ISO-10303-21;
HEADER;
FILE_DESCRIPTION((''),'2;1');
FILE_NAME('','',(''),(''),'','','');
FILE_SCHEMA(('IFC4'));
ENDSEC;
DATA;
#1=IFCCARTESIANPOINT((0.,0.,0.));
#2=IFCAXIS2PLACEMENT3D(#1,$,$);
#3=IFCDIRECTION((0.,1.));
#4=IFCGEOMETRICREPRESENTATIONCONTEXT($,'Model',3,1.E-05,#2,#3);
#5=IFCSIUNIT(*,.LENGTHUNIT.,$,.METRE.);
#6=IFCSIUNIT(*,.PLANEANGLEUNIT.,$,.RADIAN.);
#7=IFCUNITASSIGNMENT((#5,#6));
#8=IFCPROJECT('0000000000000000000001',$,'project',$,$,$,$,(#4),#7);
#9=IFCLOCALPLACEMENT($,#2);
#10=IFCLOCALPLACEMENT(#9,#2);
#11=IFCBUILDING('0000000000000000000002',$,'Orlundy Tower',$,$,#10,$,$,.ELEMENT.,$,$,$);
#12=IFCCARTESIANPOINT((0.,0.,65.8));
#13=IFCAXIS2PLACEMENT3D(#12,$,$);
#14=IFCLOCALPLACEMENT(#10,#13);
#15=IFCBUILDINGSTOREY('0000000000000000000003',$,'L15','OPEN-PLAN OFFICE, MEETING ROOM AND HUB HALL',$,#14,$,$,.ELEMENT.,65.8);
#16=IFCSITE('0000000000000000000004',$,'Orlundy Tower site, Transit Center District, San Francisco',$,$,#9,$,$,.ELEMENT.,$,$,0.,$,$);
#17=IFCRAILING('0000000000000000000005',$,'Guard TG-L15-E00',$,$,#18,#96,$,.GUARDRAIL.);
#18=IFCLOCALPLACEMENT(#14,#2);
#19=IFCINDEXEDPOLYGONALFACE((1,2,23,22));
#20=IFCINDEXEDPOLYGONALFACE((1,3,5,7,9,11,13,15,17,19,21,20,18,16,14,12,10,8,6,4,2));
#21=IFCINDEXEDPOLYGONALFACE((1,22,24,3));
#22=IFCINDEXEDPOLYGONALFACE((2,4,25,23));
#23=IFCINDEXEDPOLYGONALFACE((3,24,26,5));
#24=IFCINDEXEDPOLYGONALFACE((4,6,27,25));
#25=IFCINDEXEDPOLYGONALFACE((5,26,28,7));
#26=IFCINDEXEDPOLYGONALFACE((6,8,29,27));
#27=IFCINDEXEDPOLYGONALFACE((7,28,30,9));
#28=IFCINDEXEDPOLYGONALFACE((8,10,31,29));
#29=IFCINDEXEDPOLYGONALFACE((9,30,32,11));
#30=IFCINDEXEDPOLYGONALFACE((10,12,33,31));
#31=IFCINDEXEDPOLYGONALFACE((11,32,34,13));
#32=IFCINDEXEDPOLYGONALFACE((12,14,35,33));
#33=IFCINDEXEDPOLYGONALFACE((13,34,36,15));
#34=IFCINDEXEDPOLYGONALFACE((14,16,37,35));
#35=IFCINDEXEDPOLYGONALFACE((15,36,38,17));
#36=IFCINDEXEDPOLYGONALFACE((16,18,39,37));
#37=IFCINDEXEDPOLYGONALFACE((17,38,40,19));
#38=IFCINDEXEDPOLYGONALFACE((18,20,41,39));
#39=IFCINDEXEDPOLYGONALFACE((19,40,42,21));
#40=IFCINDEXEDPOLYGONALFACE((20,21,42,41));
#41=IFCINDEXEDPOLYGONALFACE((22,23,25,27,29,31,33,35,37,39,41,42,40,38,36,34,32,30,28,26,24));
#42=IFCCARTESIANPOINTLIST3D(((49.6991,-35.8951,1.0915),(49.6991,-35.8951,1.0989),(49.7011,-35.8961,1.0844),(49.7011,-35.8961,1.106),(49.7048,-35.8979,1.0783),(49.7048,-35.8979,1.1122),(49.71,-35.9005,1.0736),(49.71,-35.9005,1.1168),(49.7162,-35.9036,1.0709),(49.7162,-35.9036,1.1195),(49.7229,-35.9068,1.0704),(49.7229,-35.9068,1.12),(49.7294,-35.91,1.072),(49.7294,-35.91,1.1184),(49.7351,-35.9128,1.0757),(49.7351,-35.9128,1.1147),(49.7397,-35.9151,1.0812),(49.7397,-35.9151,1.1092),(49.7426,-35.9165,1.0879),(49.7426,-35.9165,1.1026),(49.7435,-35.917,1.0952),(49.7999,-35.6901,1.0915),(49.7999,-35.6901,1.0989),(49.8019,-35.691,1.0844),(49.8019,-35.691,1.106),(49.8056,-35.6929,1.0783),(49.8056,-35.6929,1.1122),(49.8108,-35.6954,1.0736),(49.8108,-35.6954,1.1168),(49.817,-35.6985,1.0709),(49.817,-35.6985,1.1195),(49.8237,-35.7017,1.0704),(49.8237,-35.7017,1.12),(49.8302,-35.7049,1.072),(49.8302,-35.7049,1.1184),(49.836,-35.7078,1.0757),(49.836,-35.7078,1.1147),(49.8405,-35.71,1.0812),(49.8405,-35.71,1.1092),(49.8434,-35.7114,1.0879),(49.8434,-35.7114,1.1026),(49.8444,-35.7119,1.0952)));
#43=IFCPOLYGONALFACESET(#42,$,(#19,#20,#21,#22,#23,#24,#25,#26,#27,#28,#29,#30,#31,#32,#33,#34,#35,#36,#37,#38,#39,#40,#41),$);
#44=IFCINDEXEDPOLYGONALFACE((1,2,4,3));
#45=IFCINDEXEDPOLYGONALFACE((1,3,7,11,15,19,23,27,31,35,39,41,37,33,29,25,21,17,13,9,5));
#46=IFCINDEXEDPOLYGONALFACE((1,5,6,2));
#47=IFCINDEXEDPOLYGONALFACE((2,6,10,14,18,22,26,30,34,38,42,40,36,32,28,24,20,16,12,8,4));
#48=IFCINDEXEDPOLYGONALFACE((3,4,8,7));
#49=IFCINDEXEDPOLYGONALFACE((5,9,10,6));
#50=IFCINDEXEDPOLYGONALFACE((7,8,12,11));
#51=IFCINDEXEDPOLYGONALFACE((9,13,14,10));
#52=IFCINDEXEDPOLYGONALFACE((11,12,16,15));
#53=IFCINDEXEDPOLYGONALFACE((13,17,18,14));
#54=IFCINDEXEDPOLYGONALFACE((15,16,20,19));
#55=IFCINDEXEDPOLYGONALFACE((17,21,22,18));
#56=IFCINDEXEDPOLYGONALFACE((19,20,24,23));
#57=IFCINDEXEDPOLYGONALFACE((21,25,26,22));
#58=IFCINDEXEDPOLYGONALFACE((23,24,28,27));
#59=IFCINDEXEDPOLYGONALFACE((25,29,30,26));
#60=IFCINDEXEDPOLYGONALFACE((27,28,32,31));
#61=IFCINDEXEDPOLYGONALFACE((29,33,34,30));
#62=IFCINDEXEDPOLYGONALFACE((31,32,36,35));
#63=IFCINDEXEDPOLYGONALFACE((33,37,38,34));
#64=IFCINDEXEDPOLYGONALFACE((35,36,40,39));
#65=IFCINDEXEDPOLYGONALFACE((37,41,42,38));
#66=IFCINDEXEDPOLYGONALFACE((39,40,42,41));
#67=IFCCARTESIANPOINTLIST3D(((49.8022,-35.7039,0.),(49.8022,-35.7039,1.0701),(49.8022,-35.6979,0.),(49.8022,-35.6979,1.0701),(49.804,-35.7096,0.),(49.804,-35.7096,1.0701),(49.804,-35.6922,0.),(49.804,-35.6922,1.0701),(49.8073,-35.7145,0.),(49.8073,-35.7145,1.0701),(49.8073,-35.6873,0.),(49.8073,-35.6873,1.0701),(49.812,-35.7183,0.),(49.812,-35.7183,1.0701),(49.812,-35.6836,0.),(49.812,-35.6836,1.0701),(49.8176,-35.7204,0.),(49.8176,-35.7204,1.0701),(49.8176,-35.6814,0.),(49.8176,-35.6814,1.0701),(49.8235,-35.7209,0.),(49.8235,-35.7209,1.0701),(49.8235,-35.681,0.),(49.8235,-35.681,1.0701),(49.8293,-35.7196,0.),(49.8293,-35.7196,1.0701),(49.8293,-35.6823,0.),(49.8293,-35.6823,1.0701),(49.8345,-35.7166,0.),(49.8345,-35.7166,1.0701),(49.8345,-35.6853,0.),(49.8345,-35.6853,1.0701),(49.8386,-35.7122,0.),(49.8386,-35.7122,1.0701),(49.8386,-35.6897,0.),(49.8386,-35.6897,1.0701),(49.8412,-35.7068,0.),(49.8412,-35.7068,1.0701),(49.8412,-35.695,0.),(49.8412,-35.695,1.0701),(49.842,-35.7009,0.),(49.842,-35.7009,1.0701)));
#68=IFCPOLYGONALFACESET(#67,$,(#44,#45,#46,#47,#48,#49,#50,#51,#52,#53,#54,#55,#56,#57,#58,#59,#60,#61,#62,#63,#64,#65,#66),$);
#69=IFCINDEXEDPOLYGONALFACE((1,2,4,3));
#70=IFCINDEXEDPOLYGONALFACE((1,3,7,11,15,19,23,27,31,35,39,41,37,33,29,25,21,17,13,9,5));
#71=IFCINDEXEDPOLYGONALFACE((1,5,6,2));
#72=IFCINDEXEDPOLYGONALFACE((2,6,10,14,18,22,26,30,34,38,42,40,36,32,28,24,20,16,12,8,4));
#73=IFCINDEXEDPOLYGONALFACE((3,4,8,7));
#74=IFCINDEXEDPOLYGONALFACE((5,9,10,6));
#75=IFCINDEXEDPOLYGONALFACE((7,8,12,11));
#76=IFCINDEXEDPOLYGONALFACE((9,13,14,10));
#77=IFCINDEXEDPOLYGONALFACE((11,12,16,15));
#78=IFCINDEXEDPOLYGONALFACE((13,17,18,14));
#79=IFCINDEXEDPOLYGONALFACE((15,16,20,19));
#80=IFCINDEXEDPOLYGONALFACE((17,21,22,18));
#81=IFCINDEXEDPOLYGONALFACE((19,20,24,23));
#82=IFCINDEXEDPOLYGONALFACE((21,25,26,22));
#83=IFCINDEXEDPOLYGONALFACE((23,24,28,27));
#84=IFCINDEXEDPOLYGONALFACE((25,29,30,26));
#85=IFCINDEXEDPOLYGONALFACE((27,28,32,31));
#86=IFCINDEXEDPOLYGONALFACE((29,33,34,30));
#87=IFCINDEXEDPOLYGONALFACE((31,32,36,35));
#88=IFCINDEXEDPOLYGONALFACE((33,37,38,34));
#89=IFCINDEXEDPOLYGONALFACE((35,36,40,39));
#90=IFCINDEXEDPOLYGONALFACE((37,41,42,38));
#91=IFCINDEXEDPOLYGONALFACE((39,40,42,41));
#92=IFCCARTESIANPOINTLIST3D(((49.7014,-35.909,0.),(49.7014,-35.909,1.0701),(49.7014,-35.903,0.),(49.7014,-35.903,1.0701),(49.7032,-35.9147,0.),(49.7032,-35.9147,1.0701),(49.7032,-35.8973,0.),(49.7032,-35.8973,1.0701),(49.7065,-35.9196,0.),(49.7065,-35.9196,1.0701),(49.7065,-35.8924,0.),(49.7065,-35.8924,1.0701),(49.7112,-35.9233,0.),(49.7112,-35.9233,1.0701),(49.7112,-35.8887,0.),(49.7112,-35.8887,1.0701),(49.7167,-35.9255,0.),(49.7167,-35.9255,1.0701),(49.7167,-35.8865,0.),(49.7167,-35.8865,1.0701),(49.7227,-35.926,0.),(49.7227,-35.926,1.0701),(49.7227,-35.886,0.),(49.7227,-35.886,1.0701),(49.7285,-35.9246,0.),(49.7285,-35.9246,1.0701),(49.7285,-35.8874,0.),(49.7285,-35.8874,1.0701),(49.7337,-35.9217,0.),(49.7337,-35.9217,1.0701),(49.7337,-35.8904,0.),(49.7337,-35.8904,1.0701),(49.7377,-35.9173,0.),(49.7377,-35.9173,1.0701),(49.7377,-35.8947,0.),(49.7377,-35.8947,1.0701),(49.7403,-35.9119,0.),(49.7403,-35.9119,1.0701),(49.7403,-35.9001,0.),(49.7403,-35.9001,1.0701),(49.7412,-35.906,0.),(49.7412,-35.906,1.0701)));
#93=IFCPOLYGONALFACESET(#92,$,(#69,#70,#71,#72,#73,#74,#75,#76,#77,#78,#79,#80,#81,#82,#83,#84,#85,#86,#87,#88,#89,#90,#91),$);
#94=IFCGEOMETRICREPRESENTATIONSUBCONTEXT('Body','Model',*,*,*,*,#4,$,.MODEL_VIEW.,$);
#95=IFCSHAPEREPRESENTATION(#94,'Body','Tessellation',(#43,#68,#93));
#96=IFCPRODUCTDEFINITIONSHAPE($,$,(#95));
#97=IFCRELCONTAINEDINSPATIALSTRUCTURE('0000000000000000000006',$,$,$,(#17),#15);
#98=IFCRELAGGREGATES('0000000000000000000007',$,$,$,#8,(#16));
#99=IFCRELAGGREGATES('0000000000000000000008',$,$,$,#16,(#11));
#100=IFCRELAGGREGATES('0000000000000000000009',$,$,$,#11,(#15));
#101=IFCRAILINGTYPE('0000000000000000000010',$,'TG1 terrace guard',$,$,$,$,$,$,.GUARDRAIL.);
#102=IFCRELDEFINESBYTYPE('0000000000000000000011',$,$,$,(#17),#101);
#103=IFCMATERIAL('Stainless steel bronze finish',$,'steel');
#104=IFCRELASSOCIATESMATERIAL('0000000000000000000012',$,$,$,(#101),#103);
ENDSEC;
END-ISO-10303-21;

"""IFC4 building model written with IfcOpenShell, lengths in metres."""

from ifc_helpers import new_model, si_unit, direction, frame, origin, origin_2d, place, context, subcontext, project, spatial, circle, extrude, material, type_object, element, save


model = new_model("IFC4")

# Units and contexts
model_context = context("Model", 3, precision=1e-05, world=origin(), true_north=direction((0.0, 1.0)))
body_context = subcontext(model_context, "Body", "Model", "MODEL_VIEW")
ifc_project = project(units=[si_unit("LENGTHUNIT", "METRE"), si_unit("PLANEANGLEUNIT", "RADIAN")], contexts=[model_context])

# Site, building, storey
site_placement = place(None, origin())
site = spatial("IfcSite", under=ifc_project, at=site_placement, Name="Orlundy Tower site, Transit Center District, San Francisco", CompositionType="ELEMENT", RefElevation=0.0)
building_placement = place(site_placement, origin())
building = spatial("IfcBuilding", under=site, at=building_placement, Name="Orlundy Tower", CompositionType="ELEMENT")
storey_placement = place(building_placement, frame((0.0, 0.0, 65.8)))
storey = spatial("IfcBuildingStorey", under=building, at=storey_placement, Name="L15", Description="OPEN-PLAN OFFICE, MEETING ROOM AND HUB HALL", CompositionType="ELEMENT", Elevation=65.8)

# Railing
ifc_material_1 = material(Name="Stainless steel bronze finish", Category="steel")
railing_type = type_object("IfcRailingType", Name="TG1 terrace guard", PredefinedType="GUARDRAIL", material=ifc_material_1)
railing_placement = place(storey_placement, frame((49.822, -35.7009, 0.0)))
element("IfcRailing", 1, at=railing_placement, inside=storey, type_object=railing_type, Name="Guard TG-L15-E00", PredefinedType="GUARDRAIL", context=body_context, shape_type="SweptSolid", body=[
    extrude(circle(Radius=0.0249, at=origin_2d()), frame((0.0, 0.0, 1.0952), z_axis=(-0.441221, -0.897399, 0.0), x_axis=(0.897399, -0.441221, 0.0)), (0.0, 0.0, 1.0), 0.2285),
    extrude(circle(Radius=0.02, at=origin_2d()), origin(), (0.0, 0.0, 1.0), 1.0701),
    extrude(circle(Radius=0.02, at=origin_2d()), frame((-0.1008, -0.2051, 0.0)), (0.0, 0.0, 1.0), 1.0701),
])

save(model, "model.ifc")
